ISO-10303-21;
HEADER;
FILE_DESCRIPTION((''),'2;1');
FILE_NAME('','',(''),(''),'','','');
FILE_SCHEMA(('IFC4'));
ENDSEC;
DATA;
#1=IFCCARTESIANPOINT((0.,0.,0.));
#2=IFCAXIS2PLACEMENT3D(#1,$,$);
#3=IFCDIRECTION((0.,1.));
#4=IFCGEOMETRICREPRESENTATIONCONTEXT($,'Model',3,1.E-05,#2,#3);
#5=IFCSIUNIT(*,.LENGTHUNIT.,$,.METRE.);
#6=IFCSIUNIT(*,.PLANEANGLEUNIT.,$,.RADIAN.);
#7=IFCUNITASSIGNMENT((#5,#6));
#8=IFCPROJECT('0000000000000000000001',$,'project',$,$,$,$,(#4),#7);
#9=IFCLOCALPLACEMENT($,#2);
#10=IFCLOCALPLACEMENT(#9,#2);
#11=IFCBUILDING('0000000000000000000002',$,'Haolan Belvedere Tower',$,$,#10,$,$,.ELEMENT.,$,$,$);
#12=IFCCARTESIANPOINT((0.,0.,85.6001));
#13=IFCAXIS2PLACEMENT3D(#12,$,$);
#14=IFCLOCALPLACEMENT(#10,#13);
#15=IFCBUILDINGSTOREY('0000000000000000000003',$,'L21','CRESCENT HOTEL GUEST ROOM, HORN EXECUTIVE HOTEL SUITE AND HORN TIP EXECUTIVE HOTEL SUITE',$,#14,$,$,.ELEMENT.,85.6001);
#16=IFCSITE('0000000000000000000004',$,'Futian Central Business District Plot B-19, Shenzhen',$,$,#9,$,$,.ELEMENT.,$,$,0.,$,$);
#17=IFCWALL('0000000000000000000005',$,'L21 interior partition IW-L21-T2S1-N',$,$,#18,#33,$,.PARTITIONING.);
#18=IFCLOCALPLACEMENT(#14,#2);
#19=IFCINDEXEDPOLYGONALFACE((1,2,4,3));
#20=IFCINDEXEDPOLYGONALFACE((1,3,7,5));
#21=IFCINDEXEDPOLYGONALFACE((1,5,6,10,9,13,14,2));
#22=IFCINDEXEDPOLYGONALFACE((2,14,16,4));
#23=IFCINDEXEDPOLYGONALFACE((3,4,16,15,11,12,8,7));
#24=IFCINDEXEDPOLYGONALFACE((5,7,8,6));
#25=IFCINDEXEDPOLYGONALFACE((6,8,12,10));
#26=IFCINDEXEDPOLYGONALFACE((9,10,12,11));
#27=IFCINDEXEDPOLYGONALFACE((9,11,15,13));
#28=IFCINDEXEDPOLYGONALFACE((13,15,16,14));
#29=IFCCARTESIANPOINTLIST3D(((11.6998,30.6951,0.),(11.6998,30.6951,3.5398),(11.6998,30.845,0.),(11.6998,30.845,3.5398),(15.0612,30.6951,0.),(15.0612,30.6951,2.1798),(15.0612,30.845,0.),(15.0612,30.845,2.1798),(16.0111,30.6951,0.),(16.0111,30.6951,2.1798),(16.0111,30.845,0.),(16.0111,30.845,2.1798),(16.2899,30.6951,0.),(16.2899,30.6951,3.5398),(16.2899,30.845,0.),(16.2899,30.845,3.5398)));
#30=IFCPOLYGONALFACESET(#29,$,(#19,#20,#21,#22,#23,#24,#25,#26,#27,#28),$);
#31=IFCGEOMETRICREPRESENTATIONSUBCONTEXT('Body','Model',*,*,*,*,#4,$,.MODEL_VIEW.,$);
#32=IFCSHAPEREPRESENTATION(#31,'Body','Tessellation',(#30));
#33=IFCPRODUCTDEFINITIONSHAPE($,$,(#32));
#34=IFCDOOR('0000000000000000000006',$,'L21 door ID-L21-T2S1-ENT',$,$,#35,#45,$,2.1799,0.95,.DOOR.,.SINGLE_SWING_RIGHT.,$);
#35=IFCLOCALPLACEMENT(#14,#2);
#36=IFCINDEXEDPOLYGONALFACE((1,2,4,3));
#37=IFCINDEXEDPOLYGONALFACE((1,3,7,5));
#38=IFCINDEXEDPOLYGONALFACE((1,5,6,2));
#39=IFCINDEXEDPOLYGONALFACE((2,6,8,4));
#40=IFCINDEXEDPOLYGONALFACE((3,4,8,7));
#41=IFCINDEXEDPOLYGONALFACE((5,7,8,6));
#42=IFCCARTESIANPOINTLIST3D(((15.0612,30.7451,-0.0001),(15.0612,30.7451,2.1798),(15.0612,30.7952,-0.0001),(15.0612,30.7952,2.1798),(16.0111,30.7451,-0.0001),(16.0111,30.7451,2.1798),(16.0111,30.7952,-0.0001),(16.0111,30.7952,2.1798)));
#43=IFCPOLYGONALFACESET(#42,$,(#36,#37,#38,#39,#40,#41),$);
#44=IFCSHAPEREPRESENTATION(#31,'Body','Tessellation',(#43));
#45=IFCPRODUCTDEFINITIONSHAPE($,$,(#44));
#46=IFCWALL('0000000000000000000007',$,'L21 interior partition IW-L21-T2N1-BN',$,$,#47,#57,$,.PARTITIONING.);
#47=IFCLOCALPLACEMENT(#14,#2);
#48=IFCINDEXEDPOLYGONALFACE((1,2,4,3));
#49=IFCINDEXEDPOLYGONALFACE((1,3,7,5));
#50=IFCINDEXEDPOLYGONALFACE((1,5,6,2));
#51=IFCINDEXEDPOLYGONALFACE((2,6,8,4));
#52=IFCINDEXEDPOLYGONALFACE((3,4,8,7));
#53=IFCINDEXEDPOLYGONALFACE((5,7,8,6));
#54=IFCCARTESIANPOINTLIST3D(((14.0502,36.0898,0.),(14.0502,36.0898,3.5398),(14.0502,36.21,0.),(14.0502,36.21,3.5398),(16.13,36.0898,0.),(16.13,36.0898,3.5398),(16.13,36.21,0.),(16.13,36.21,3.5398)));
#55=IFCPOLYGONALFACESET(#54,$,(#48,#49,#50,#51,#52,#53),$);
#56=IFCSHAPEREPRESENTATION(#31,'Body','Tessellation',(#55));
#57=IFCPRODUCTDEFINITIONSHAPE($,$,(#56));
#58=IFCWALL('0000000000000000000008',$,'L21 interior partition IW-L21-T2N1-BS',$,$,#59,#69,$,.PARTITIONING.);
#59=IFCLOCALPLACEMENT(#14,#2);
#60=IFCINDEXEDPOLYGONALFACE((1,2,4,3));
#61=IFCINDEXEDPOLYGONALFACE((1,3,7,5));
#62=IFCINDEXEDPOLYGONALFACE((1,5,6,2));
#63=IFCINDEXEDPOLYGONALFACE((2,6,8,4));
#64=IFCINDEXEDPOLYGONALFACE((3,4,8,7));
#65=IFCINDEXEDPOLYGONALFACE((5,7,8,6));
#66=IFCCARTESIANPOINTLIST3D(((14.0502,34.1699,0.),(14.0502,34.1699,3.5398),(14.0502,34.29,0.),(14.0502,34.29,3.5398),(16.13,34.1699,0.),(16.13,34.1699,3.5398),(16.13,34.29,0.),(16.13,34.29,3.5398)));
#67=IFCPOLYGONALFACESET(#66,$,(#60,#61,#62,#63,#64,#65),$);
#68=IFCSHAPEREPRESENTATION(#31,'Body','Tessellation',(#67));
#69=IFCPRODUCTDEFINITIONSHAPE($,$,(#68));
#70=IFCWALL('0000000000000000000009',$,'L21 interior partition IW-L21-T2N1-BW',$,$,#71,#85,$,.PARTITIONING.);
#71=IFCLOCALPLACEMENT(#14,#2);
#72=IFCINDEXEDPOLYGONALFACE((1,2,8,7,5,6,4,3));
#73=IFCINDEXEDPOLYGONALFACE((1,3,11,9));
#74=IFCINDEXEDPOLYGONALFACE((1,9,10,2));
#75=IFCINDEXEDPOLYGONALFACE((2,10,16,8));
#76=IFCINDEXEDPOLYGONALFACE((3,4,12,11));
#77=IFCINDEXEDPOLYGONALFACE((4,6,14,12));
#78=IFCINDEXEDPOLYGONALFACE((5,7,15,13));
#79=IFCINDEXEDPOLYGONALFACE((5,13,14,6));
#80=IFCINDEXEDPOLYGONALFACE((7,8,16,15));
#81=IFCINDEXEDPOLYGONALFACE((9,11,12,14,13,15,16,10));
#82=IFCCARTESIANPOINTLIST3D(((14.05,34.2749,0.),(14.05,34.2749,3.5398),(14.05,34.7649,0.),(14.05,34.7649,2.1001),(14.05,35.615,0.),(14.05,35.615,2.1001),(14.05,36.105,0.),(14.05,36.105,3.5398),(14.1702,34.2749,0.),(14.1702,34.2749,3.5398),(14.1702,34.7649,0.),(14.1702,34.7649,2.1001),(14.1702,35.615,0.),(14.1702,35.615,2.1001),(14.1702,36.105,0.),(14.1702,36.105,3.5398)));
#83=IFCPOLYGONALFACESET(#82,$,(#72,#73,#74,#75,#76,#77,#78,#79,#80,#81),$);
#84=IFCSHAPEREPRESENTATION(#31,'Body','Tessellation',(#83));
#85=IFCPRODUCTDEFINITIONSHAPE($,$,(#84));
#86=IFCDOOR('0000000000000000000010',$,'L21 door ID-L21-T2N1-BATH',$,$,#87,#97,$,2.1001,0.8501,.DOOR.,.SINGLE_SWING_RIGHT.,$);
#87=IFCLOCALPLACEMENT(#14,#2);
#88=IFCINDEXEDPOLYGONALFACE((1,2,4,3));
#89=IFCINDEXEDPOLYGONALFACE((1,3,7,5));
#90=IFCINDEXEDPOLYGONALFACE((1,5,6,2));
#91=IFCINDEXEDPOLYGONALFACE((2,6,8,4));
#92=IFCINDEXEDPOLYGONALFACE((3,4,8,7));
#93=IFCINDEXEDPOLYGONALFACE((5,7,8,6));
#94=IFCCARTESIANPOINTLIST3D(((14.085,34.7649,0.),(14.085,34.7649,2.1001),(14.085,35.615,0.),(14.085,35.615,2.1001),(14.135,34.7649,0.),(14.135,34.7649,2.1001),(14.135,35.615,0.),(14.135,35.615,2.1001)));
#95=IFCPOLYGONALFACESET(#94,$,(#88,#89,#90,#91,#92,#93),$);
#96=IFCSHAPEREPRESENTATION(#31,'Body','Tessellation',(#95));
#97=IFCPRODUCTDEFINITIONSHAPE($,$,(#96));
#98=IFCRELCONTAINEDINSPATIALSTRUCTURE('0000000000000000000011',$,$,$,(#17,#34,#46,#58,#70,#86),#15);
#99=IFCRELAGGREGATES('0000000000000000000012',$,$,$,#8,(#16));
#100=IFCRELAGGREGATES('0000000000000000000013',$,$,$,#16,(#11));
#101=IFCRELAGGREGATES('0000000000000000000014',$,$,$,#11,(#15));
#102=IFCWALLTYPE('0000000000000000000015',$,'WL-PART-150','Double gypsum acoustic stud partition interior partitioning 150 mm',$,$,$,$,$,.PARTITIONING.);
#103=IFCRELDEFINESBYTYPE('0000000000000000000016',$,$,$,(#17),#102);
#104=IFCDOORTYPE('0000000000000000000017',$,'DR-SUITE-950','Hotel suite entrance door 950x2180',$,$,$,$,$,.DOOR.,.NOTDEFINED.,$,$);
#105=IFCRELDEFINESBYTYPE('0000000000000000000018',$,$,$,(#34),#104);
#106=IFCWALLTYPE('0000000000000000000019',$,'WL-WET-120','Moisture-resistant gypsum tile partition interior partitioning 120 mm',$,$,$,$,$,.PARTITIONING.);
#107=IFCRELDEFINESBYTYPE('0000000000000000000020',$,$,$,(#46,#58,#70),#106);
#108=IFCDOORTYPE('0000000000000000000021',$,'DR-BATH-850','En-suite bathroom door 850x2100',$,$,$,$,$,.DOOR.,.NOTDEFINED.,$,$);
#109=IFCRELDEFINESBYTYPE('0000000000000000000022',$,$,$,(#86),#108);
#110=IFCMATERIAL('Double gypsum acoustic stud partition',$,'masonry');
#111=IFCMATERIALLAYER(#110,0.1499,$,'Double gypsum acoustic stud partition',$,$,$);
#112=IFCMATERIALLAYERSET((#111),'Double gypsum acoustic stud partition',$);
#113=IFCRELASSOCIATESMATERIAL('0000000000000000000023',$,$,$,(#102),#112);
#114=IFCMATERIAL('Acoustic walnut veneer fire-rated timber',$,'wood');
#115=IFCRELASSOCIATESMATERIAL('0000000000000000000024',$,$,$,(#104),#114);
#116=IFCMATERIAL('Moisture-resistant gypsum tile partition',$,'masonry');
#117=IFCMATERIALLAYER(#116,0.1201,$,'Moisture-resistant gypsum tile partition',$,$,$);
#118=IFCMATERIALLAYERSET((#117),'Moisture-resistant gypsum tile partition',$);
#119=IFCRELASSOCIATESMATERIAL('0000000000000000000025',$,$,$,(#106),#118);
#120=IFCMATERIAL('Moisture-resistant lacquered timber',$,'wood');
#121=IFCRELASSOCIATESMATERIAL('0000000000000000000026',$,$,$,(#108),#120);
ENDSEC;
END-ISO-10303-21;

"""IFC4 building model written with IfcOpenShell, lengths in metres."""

from ifc_helpers import new_model, si_unit, direction, frame, frame_2d, origin, place, context, subcontext, project, spatial, rectangle, extrude, material, layer, layer_set, type_object, element, fill, save


model = new_model("IFC4")

# Units and contexts
model_context = context("Model", 3, precision=1e-05, world=origin(), true_north=direction((0.0, 1.0)))
body_context = subcontext(model_context, "Body", "Model", "MODEL_VIEW")
ifc_project = project(units=[si_unit("LENGTHUNIT", "METRE"), si_unit("PLANEANGLEUNIT", "RADIAN")], contexts=[model_context])

# Site, building, storey
site_placement = place(None, origin())
site = spatial("IfcSite", under=ifc_project, at=site_placement, Name="Futian Central Business District Plot B-19, Shenzhen", CompositionType="ELEMENT", RefElevation=0.0)
building_placement = place(site_placement, origin())
building = spatial("IfcBuilding", under=site, at=building_placement, Name="Haolan Belvedere Tower", CompositionType="ELEMENT")
storey_placement = place(building_placement, frame((0.0, 0.0, 85.6001)))
storey = spatial("IfcBuildingStorey", under=building, at=storey_placement, Name="L21", Description="CRESCENT HOTEL GUEST ROOM, HORN EXECUTIVE HOTEL SUITE AND HORN TIP EXECUTIVE HOTEL SUITE", CompositionType="ELEMENT", Elevation=85.6001)

# Wall, opening, door
ifc_material_1 = material(Name="Double gypsum acoustic stud partition", Category="masonry")
ifc_layer_1 = layer(ifc_material_1, 0.1499, Name="Double gypsum acoustic stud partition")
ifc_layer_set_1 = layer_set([ifc_layer_1], Name="Double gypsum acoustic stud partition")
wall_type_1 = type_object("IfcWallType", Name="WL-PART-150", Description="Double gypsum acoustic stud partition interior partitioning 150 mm", PredefinedType="PARTITIONING", material=ifc_layer_set_1)
wall_1_placement = place(storey_placement, frame((11.7, 30.77, 0.0), z_axis=(0.0, 0.0, 1.0), x_axis=(1.0, 0.0, 0.0)))
wall_1 = element("IfcWall", 1, at=wall_1_placement, inside=storey, type_object=wall_type_1, Name="L21 interior partition IW-L21-T2S1-N", PredefinedType="PARTITIONING", context=body_context, shape_type="SweptSolid", body=[
    extrude(rectangle(XDim=4.5901, YDim=0.1499, at=frame_2d((2.2949, 0.0))), origin(), (0.0, 0.0, 1.0), 3.5398),
])
opening_1_placement = place(wall_1_placement, frame((4.3113, 0.0, 0.0), z_axis=(0.0, 0.0, 1.0), x_axis=(-1.0, 0.0, 0.0)))
opening_1 = element("IfcOpeningElement", 2, at=opening_1_placement, cuts=wall_1, PredefinedType="OPENING", context=body_context, shape_type="SweptSolid", body=[
    extrude(rectangle(XDim=0.95, YDim=2.1799, at=frame_2d((0.4751, 1.0898))), frame((0.0, 0.085, 0.0), z_axis=(0.0, -1.0, 0.0), x_axis=(1.0, 0.0, 0.0)), (0.0, 0.0, 1.0), 0.1699),
])
ifc_material_2 = material(Name="Acoustic walnut veneer fire-rated timber", Category="wood")
door_type_1 = type_object("IfcDoorType", Name="DR-SUITE-950", Description="Hotel suite entrance door 950x2180", OperationType="NOTDEFINED", PredefinedType="DOOR", material=ifc_material_2)
door_1_placement = place(opening_1_placement, origin())
door_1 = element("IfcDoor", 3, at=door_1_placement, inside=storey, type_object=door_type_1, Name="L21 door ID-L21-T2S1-ENT", OperationType="SINGLE_SWING_RIGHT", OverallHeight=2.1799, OverallWidth=0.95, PredefinedType="DOOR", context=body_context, shape_type="SweptSolid", body=[
    extrude(rectangle(XDim=0.95, YDim=2.1799, at=frame_2d((0.4751, 1.0898))), frame((0.0, 0.0249, 0.0), z_axis=(0.0, -1.0, 0.0), x_axis=(1.0, 0.0, 0.0)), (0.0, 0.0, 1.0), 0.05),
])
fill(opening_1, door_1)

# Walls
ifc_material_3 = material(Name="Moisture-resistant gypsum tile partition", Category="masonry")
ifc_layer_2 = layer(ifc_material_3, 0.1201, Name="Moisture-resistant gypsum tile partition")
ifc_layer_set_2 = layer_set([ifc_layer_2], Name="Moisture-resistant gypsum tile partition")
wall_type_2 = type_object("IfcWallType", Name="WL-WET-120", Description="Moisture-resistant gypsum tile partition interior partitioning 120 mm", PredefinedType="PARTITIONING", material=ifc_layer_set_2)
for number, where, z_axis, x_axis, name in (
    (4, (14.05, 36.1499, 0.0), (0.0, 0.0, 1.0), (1.0, 0.0, 0.0), "L21 interior partition IW-L21-T2N1-BN"),
    (5, (14.05, 34.23, 0.0), (0.0, 0.0, 1.0), (1.0, 0.0, 0.0), "L21 interior partition IW-L21-T2N1-BS"),
):
    element("IfcWall", number, at=place(storey_placement, frame(where, z_axis=z_axis, x_axis=x_axis)), inside=storey, type_object=wall_type_2, Name=name, PredefinedType="PARTITIONING", context=body_context, shape_type="SweptSolid", body=[
        extrude(rectangle(XDim=2.0798, YDim=0.1201, at=frame_2d((1.04, 0.0))), origin(), (0.0, 0.0, 1.0), 3.5398),
    ])

# Wall, opening, door
wall_2_placement = place(storey_placement, frame((14.1101, 34.2749, 0.0), z_axis=(0.0, 0.0, 1.0), x_axis=(0.0, 1.0, 0.0)))
wall_2 = element("IfcWall", 6, at=wall_2_placement, inside=storey, type_object=wall_type_2, Name="L21 interior partition IW-L21-T2N1-BW", PredefinedType="PARTITIONING", context=body_context, shape_type="SweptSolid", body=[
    extrude(rectangle(XDim=1.8301, YDim=0.1201, at=frame_2d((0.915, 0.0))), origin(), (0.0, 0.0, 1.0), 3.5398),
])
opening_2_placement = place(wall_2_placement, frame((1.3401, 0.0, 0.0), z_axis=(0.0, 0.0, 1.0), x_axis=(-1.0, 0.0, 0.0)))
opening_2 = element("IfcOpeningElement", 7, at=opening_2_placement, cuts=wall_2, PredefinedType="OPENING", context=body_context, shape_type="SweptSolid", body=[
    extrude(rectangle(XDim=0.8501, YDim=2.1001, at=frame_2d((0.425, 1.05))), frame((0.0, 0.0701, 0.0), z_axis=(0.0, -1.0, 0.0), x_axis=(1.0, 0.0, 0.0)), (0.0, 0.0, 1.0), 0.1401),
])
ifc_material_4 = material(Name="Moisture-resistant lacquered timber", Category="wood")
door_type_2 = type_object("IfcDoorType", Name="DR-BATH-850", Description="En-suite bathroom door 850x2100", OperationType="NOTDEFINED", PredefinedType="DOOR", material=ifc_material_4)
door_2_placement = place(opening_2_placement, origin())
door_2 = element("IfcDoor", 8, at=door_2_placement, inside=storey, type_object=door_type_2, Name="L21 door ID-L21-T2N1-BATH", OperationType="SINGLE_SWING_RIGHT", OverallHeight=2.1001, OverallWidth=0.8501, PredefinedType="DOOR", context=body_context, shape_type="SweptSolid", body=[
    extrude(rectangle(XDim=0.8501, YDim=2.1001, at=frame_2d((0.425, 1.05))), frame((0.0, 0.0249, 0.0), z_axis=(0.0, -1.0, 0.0), x_axis=(1.0, 0.0, 0.0)), (0.0, 0.0, 1.0), 0.05),
])
fill(opening_2, door_2)

save(model, "model.ifc")
